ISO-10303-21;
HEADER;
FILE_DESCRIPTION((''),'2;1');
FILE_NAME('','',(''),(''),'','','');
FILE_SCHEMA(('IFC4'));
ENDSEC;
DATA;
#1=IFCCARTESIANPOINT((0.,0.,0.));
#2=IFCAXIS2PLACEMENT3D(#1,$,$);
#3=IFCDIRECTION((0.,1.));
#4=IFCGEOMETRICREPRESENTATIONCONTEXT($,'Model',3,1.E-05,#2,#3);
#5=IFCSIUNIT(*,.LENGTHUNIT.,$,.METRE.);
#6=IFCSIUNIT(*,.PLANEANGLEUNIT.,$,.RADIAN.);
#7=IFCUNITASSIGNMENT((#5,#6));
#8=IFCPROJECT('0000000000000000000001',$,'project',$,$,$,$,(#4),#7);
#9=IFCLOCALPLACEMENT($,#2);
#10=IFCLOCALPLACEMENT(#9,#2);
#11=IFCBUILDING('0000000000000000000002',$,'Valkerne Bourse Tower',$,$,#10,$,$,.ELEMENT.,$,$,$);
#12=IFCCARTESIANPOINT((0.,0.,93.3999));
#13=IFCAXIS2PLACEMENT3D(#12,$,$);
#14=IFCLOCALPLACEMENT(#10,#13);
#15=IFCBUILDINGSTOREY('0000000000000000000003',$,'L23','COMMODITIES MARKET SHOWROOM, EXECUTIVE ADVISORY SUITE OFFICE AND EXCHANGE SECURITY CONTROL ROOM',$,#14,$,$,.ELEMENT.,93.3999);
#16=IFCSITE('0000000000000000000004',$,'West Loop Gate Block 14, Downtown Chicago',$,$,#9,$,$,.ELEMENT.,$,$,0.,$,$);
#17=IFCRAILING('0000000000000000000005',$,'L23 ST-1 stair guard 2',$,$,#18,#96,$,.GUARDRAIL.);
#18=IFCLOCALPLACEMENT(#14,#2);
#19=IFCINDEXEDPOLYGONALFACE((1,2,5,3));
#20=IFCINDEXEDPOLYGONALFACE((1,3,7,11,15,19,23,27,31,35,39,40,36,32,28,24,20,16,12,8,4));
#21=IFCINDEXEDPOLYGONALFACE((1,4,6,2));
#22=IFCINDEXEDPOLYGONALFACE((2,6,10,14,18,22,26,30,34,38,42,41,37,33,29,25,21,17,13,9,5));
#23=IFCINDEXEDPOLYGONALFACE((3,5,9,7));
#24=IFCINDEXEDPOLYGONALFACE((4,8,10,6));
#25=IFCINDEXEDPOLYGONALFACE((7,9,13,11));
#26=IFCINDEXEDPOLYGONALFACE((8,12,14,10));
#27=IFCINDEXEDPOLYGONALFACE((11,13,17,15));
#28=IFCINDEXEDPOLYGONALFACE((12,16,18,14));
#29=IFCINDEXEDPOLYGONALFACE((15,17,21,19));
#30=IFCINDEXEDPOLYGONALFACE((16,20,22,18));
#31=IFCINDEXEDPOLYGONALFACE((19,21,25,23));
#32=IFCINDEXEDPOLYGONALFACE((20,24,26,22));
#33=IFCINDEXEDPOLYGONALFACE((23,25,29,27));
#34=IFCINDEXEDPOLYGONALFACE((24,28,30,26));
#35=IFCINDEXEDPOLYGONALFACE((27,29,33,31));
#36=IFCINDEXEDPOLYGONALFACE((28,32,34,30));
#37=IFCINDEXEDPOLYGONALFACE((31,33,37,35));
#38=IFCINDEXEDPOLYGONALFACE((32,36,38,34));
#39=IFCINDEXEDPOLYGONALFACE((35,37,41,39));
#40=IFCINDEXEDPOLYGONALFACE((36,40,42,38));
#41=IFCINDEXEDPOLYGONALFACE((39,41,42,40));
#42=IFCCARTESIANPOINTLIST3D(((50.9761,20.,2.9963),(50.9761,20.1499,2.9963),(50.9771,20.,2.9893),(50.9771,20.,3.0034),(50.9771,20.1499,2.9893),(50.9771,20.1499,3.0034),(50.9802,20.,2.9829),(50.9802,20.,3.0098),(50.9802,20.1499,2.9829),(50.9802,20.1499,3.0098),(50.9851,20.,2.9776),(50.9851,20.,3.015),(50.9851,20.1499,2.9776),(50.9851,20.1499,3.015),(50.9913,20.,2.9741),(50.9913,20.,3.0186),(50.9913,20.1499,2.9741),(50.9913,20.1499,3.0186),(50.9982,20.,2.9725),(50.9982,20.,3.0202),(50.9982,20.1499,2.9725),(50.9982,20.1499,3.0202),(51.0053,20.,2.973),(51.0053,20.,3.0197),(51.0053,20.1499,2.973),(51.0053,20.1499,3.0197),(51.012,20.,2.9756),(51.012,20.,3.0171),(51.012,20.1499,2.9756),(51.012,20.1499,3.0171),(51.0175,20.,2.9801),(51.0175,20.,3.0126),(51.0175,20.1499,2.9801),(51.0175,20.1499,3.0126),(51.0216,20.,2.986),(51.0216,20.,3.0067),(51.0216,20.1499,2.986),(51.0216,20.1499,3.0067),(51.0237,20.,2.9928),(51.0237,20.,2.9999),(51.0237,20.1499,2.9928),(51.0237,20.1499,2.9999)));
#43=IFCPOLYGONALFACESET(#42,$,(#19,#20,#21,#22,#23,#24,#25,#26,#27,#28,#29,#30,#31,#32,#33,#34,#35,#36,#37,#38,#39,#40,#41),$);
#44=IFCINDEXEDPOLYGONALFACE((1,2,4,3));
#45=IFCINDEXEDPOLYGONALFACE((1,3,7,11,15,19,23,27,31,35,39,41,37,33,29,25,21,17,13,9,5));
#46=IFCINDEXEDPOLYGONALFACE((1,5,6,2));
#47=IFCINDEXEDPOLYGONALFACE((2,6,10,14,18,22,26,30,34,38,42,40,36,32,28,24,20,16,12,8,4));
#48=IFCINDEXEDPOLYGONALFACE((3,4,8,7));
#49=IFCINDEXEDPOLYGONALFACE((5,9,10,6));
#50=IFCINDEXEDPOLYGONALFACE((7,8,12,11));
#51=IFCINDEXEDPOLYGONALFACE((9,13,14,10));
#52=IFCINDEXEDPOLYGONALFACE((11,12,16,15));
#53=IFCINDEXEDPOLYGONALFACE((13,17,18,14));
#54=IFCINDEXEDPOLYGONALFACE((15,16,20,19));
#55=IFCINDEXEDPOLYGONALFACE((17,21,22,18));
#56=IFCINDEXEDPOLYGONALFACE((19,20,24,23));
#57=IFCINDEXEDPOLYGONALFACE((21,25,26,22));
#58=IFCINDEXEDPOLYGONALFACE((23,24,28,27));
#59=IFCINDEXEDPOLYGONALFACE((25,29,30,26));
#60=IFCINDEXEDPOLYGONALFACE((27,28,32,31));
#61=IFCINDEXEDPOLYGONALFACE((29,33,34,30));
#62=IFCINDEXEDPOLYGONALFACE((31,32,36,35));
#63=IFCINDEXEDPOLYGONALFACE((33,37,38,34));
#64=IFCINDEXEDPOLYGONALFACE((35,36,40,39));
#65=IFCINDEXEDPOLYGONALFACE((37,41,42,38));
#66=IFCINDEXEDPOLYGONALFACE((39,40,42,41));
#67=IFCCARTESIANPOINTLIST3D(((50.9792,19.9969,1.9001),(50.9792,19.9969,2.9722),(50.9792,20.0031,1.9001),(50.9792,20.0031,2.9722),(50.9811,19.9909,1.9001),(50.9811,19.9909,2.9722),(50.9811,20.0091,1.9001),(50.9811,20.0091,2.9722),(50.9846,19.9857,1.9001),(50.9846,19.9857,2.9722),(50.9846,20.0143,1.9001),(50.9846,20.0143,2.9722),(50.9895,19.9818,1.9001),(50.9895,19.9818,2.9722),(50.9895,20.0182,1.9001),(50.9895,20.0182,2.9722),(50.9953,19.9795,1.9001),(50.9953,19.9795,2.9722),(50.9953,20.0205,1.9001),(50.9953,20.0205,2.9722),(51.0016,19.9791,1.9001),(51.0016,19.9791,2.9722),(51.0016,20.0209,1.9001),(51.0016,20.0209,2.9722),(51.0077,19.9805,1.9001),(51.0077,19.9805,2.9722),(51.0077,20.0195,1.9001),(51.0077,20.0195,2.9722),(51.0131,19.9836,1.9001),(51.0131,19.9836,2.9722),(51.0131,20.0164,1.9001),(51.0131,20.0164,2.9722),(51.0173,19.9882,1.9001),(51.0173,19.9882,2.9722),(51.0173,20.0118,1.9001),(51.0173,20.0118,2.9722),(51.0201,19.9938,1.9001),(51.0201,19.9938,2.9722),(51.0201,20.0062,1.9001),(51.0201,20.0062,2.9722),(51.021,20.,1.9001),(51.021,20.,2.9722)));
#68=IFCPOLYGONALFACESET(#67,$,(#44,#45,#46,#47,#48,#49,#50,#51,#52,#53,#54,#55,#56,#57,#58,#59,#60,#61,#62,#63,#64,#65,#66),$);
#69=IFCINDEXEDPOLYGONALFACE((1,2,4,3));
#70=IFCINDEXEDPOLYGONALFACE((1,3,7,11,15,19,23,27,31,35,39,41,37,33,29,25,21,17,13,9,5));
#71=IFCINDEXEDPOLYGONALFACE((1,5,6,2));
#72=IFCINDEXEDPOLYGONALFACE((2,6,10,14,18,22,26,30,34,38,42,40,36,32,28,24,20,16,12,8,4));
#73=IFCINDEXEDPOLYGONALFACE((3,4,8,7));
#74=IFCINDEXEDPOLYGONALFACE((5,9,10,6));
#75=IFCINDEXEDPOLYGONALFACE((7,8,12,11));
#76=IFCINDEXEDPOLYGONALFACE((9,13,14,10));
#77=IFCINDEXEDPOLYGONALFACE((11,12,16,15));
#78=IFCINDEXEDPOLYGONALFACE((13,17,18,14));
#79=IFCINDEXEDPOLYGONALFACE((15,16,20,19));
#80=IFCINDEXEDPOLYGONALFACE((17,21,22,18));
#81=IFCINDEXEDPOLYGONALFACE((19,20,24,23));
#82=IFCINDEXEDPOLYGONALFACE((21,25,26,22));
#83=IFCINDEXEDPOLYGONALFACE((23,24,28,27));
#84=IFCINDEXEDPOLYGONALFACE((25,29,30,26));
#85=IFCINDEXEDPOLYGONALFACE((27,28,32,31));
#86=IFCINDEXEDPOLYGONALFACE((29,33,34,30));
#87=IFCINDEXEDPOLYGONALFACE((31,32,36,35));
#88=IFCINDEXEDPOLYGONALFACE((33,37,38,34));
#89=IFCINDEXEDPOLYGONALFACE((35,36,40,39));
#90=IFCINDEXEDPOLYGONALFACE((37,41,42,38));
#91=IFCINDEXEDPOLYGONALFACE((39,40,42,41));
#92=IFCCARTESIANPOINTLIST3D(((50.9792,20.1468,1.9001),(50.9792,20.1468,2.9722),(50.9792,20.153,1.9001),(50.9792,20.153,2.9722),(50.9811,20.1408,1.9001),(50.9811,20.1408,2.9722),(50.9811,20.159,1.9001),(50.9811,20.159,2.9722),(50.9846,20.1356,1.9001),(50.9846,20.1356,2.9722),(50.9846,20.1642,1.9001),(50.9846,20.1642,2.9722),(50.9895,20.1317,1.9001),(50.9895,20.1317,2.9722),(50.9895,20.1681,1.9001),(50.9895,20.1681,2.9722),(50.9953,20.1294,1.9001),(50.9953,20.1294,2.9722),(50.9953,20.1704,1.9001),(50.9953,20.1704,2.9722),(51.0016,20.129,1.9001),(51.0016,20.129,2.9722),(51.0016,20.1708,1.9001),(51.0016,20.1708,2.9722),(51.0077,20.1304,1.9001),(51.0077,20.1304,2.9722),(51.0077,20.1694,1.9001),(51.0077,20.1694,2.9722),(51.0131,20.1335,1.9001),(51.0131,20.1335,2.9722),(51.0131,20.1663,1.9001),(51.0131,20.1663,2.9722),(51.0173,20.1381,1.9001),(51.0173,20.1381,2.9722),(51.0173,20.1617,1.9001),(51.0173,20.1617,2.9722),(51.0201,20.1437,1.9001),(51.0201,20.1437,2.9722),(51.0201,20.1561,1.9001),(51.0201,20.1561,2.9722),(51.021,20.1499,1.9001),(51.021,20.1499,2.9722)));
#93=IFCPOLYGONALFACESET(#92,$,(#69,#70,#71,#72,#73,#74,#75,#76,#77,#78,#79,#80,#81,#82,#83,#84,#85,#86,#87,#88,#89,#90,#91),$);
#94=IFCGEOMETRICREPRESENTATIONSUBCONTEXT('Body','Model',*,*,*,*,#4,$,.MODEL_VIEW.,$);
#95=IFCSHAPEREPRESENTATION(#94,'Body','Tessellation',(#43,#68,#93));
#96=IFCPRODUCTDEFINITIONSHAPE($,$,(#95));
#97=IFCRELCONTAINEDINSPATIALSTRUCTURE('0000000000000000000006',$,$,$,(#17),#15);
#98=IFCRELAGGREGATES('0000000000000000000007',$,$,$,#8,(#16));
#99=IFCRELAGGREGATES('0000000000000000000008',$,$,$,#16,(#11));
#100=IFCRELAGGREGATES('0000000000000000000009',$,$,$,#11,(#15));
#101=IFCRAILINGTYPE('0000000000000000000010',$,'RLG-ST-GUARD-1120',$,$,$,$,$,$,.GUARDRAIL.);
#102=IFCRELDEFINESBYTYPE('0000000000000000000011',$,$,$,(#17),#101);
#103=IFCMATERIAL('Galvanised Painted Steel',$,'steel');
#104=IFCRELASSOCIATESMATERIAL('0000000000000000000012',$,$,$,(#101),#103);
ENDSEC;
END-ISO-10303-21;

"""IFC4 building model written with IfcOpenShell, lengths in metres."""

from ifc_helpers import new_model, si_unit, direction, frame, origin, origin_2d, place, context, subcontext, project, spatial, circle, extrude, material, type_object, element, save


model = new_model("IFC4")

# Units and contexts
model_context = context("Model", 3, precision=1e-05, world=origin(), true_north=direction((0.0, 1.0)))
body_context = subcontext(model_context, "Body", "Model", "MODEL_VIEW")
ifc_project = project(units=[si_unit("LENGTHUNIT", "METRE"), si_unit("PLANEANGLEUNIT", "RADIAN")], contexts=[model_context])

# Site, building, storey
site_placement = place(None, origin())
site = spatial("IfcSite", under=ifc_project, at=site_placement, Name="West Loop Gate Block 14, Downtown Chicago", CompositionType="ELEMENT", RefElevation=0.0)
building_placement = place(site_placement, origin())
building = spatial("IfcBuilding", under=site, at=building_placement, Name="Valkerne Bourse Tower", CompositionType="ELEMENT")
storey_placement = place(building_placement, frame((0.0, 0.0, 93.3999)))
storey = spatial("IfcBuildingStorey", under=building, at=storey_placement, Name="L23", Description="COMMODITIES MARKET SHOWROOM, EXECUTIVE ADVISORY SUITE OFFICE AND EXCHANGE SECURITY CONTROL ROOM", CompositionType="ELEMENT", Elevation=93.3999)

# Shared definitions
ifc_material_1 = material(Name="Galvanised Painted Steel", Category="steel")

# Railing
railing_type = type_object("IfcRailingType", Name="RLG-ST-GUARD-1120", PredefinedType="GUARDRAIL", material=ifc_material_1)
railing_1_placement = place(storey_placement, frame((51.0, 20.0, 1.9001)))
element("IfcRailing", 1, at=railing_1_placement, inside=storey, type_object=railing_type, Name="L23 ST-1 stair guard 2", PredefinedType="GUARDRAIL", context=body_context, shape_type="SweptSolid", body=[
    extrude(circle(Radius=0.0239, at=origin_2d()), frame((0.0, 0.0, 1.0962), z_axis=(0.0, 1.0, 0.0), x_axis=(-1.0, 0.0, 0.0)), (0.0, 0.0, 1.0), 0.1499),
    extrude(circle(Radius=0.021, at=origin_2d()), origin(), (0.0, 0.0, 1.0), 1.072),
    extrude(circle(Radius=0.021, at=origin_2d()), frame((0.0, 0.1499, 0.0)), (0.0, 0.0, 1.0), 1.072),
])

save(model, "model.ifc")
